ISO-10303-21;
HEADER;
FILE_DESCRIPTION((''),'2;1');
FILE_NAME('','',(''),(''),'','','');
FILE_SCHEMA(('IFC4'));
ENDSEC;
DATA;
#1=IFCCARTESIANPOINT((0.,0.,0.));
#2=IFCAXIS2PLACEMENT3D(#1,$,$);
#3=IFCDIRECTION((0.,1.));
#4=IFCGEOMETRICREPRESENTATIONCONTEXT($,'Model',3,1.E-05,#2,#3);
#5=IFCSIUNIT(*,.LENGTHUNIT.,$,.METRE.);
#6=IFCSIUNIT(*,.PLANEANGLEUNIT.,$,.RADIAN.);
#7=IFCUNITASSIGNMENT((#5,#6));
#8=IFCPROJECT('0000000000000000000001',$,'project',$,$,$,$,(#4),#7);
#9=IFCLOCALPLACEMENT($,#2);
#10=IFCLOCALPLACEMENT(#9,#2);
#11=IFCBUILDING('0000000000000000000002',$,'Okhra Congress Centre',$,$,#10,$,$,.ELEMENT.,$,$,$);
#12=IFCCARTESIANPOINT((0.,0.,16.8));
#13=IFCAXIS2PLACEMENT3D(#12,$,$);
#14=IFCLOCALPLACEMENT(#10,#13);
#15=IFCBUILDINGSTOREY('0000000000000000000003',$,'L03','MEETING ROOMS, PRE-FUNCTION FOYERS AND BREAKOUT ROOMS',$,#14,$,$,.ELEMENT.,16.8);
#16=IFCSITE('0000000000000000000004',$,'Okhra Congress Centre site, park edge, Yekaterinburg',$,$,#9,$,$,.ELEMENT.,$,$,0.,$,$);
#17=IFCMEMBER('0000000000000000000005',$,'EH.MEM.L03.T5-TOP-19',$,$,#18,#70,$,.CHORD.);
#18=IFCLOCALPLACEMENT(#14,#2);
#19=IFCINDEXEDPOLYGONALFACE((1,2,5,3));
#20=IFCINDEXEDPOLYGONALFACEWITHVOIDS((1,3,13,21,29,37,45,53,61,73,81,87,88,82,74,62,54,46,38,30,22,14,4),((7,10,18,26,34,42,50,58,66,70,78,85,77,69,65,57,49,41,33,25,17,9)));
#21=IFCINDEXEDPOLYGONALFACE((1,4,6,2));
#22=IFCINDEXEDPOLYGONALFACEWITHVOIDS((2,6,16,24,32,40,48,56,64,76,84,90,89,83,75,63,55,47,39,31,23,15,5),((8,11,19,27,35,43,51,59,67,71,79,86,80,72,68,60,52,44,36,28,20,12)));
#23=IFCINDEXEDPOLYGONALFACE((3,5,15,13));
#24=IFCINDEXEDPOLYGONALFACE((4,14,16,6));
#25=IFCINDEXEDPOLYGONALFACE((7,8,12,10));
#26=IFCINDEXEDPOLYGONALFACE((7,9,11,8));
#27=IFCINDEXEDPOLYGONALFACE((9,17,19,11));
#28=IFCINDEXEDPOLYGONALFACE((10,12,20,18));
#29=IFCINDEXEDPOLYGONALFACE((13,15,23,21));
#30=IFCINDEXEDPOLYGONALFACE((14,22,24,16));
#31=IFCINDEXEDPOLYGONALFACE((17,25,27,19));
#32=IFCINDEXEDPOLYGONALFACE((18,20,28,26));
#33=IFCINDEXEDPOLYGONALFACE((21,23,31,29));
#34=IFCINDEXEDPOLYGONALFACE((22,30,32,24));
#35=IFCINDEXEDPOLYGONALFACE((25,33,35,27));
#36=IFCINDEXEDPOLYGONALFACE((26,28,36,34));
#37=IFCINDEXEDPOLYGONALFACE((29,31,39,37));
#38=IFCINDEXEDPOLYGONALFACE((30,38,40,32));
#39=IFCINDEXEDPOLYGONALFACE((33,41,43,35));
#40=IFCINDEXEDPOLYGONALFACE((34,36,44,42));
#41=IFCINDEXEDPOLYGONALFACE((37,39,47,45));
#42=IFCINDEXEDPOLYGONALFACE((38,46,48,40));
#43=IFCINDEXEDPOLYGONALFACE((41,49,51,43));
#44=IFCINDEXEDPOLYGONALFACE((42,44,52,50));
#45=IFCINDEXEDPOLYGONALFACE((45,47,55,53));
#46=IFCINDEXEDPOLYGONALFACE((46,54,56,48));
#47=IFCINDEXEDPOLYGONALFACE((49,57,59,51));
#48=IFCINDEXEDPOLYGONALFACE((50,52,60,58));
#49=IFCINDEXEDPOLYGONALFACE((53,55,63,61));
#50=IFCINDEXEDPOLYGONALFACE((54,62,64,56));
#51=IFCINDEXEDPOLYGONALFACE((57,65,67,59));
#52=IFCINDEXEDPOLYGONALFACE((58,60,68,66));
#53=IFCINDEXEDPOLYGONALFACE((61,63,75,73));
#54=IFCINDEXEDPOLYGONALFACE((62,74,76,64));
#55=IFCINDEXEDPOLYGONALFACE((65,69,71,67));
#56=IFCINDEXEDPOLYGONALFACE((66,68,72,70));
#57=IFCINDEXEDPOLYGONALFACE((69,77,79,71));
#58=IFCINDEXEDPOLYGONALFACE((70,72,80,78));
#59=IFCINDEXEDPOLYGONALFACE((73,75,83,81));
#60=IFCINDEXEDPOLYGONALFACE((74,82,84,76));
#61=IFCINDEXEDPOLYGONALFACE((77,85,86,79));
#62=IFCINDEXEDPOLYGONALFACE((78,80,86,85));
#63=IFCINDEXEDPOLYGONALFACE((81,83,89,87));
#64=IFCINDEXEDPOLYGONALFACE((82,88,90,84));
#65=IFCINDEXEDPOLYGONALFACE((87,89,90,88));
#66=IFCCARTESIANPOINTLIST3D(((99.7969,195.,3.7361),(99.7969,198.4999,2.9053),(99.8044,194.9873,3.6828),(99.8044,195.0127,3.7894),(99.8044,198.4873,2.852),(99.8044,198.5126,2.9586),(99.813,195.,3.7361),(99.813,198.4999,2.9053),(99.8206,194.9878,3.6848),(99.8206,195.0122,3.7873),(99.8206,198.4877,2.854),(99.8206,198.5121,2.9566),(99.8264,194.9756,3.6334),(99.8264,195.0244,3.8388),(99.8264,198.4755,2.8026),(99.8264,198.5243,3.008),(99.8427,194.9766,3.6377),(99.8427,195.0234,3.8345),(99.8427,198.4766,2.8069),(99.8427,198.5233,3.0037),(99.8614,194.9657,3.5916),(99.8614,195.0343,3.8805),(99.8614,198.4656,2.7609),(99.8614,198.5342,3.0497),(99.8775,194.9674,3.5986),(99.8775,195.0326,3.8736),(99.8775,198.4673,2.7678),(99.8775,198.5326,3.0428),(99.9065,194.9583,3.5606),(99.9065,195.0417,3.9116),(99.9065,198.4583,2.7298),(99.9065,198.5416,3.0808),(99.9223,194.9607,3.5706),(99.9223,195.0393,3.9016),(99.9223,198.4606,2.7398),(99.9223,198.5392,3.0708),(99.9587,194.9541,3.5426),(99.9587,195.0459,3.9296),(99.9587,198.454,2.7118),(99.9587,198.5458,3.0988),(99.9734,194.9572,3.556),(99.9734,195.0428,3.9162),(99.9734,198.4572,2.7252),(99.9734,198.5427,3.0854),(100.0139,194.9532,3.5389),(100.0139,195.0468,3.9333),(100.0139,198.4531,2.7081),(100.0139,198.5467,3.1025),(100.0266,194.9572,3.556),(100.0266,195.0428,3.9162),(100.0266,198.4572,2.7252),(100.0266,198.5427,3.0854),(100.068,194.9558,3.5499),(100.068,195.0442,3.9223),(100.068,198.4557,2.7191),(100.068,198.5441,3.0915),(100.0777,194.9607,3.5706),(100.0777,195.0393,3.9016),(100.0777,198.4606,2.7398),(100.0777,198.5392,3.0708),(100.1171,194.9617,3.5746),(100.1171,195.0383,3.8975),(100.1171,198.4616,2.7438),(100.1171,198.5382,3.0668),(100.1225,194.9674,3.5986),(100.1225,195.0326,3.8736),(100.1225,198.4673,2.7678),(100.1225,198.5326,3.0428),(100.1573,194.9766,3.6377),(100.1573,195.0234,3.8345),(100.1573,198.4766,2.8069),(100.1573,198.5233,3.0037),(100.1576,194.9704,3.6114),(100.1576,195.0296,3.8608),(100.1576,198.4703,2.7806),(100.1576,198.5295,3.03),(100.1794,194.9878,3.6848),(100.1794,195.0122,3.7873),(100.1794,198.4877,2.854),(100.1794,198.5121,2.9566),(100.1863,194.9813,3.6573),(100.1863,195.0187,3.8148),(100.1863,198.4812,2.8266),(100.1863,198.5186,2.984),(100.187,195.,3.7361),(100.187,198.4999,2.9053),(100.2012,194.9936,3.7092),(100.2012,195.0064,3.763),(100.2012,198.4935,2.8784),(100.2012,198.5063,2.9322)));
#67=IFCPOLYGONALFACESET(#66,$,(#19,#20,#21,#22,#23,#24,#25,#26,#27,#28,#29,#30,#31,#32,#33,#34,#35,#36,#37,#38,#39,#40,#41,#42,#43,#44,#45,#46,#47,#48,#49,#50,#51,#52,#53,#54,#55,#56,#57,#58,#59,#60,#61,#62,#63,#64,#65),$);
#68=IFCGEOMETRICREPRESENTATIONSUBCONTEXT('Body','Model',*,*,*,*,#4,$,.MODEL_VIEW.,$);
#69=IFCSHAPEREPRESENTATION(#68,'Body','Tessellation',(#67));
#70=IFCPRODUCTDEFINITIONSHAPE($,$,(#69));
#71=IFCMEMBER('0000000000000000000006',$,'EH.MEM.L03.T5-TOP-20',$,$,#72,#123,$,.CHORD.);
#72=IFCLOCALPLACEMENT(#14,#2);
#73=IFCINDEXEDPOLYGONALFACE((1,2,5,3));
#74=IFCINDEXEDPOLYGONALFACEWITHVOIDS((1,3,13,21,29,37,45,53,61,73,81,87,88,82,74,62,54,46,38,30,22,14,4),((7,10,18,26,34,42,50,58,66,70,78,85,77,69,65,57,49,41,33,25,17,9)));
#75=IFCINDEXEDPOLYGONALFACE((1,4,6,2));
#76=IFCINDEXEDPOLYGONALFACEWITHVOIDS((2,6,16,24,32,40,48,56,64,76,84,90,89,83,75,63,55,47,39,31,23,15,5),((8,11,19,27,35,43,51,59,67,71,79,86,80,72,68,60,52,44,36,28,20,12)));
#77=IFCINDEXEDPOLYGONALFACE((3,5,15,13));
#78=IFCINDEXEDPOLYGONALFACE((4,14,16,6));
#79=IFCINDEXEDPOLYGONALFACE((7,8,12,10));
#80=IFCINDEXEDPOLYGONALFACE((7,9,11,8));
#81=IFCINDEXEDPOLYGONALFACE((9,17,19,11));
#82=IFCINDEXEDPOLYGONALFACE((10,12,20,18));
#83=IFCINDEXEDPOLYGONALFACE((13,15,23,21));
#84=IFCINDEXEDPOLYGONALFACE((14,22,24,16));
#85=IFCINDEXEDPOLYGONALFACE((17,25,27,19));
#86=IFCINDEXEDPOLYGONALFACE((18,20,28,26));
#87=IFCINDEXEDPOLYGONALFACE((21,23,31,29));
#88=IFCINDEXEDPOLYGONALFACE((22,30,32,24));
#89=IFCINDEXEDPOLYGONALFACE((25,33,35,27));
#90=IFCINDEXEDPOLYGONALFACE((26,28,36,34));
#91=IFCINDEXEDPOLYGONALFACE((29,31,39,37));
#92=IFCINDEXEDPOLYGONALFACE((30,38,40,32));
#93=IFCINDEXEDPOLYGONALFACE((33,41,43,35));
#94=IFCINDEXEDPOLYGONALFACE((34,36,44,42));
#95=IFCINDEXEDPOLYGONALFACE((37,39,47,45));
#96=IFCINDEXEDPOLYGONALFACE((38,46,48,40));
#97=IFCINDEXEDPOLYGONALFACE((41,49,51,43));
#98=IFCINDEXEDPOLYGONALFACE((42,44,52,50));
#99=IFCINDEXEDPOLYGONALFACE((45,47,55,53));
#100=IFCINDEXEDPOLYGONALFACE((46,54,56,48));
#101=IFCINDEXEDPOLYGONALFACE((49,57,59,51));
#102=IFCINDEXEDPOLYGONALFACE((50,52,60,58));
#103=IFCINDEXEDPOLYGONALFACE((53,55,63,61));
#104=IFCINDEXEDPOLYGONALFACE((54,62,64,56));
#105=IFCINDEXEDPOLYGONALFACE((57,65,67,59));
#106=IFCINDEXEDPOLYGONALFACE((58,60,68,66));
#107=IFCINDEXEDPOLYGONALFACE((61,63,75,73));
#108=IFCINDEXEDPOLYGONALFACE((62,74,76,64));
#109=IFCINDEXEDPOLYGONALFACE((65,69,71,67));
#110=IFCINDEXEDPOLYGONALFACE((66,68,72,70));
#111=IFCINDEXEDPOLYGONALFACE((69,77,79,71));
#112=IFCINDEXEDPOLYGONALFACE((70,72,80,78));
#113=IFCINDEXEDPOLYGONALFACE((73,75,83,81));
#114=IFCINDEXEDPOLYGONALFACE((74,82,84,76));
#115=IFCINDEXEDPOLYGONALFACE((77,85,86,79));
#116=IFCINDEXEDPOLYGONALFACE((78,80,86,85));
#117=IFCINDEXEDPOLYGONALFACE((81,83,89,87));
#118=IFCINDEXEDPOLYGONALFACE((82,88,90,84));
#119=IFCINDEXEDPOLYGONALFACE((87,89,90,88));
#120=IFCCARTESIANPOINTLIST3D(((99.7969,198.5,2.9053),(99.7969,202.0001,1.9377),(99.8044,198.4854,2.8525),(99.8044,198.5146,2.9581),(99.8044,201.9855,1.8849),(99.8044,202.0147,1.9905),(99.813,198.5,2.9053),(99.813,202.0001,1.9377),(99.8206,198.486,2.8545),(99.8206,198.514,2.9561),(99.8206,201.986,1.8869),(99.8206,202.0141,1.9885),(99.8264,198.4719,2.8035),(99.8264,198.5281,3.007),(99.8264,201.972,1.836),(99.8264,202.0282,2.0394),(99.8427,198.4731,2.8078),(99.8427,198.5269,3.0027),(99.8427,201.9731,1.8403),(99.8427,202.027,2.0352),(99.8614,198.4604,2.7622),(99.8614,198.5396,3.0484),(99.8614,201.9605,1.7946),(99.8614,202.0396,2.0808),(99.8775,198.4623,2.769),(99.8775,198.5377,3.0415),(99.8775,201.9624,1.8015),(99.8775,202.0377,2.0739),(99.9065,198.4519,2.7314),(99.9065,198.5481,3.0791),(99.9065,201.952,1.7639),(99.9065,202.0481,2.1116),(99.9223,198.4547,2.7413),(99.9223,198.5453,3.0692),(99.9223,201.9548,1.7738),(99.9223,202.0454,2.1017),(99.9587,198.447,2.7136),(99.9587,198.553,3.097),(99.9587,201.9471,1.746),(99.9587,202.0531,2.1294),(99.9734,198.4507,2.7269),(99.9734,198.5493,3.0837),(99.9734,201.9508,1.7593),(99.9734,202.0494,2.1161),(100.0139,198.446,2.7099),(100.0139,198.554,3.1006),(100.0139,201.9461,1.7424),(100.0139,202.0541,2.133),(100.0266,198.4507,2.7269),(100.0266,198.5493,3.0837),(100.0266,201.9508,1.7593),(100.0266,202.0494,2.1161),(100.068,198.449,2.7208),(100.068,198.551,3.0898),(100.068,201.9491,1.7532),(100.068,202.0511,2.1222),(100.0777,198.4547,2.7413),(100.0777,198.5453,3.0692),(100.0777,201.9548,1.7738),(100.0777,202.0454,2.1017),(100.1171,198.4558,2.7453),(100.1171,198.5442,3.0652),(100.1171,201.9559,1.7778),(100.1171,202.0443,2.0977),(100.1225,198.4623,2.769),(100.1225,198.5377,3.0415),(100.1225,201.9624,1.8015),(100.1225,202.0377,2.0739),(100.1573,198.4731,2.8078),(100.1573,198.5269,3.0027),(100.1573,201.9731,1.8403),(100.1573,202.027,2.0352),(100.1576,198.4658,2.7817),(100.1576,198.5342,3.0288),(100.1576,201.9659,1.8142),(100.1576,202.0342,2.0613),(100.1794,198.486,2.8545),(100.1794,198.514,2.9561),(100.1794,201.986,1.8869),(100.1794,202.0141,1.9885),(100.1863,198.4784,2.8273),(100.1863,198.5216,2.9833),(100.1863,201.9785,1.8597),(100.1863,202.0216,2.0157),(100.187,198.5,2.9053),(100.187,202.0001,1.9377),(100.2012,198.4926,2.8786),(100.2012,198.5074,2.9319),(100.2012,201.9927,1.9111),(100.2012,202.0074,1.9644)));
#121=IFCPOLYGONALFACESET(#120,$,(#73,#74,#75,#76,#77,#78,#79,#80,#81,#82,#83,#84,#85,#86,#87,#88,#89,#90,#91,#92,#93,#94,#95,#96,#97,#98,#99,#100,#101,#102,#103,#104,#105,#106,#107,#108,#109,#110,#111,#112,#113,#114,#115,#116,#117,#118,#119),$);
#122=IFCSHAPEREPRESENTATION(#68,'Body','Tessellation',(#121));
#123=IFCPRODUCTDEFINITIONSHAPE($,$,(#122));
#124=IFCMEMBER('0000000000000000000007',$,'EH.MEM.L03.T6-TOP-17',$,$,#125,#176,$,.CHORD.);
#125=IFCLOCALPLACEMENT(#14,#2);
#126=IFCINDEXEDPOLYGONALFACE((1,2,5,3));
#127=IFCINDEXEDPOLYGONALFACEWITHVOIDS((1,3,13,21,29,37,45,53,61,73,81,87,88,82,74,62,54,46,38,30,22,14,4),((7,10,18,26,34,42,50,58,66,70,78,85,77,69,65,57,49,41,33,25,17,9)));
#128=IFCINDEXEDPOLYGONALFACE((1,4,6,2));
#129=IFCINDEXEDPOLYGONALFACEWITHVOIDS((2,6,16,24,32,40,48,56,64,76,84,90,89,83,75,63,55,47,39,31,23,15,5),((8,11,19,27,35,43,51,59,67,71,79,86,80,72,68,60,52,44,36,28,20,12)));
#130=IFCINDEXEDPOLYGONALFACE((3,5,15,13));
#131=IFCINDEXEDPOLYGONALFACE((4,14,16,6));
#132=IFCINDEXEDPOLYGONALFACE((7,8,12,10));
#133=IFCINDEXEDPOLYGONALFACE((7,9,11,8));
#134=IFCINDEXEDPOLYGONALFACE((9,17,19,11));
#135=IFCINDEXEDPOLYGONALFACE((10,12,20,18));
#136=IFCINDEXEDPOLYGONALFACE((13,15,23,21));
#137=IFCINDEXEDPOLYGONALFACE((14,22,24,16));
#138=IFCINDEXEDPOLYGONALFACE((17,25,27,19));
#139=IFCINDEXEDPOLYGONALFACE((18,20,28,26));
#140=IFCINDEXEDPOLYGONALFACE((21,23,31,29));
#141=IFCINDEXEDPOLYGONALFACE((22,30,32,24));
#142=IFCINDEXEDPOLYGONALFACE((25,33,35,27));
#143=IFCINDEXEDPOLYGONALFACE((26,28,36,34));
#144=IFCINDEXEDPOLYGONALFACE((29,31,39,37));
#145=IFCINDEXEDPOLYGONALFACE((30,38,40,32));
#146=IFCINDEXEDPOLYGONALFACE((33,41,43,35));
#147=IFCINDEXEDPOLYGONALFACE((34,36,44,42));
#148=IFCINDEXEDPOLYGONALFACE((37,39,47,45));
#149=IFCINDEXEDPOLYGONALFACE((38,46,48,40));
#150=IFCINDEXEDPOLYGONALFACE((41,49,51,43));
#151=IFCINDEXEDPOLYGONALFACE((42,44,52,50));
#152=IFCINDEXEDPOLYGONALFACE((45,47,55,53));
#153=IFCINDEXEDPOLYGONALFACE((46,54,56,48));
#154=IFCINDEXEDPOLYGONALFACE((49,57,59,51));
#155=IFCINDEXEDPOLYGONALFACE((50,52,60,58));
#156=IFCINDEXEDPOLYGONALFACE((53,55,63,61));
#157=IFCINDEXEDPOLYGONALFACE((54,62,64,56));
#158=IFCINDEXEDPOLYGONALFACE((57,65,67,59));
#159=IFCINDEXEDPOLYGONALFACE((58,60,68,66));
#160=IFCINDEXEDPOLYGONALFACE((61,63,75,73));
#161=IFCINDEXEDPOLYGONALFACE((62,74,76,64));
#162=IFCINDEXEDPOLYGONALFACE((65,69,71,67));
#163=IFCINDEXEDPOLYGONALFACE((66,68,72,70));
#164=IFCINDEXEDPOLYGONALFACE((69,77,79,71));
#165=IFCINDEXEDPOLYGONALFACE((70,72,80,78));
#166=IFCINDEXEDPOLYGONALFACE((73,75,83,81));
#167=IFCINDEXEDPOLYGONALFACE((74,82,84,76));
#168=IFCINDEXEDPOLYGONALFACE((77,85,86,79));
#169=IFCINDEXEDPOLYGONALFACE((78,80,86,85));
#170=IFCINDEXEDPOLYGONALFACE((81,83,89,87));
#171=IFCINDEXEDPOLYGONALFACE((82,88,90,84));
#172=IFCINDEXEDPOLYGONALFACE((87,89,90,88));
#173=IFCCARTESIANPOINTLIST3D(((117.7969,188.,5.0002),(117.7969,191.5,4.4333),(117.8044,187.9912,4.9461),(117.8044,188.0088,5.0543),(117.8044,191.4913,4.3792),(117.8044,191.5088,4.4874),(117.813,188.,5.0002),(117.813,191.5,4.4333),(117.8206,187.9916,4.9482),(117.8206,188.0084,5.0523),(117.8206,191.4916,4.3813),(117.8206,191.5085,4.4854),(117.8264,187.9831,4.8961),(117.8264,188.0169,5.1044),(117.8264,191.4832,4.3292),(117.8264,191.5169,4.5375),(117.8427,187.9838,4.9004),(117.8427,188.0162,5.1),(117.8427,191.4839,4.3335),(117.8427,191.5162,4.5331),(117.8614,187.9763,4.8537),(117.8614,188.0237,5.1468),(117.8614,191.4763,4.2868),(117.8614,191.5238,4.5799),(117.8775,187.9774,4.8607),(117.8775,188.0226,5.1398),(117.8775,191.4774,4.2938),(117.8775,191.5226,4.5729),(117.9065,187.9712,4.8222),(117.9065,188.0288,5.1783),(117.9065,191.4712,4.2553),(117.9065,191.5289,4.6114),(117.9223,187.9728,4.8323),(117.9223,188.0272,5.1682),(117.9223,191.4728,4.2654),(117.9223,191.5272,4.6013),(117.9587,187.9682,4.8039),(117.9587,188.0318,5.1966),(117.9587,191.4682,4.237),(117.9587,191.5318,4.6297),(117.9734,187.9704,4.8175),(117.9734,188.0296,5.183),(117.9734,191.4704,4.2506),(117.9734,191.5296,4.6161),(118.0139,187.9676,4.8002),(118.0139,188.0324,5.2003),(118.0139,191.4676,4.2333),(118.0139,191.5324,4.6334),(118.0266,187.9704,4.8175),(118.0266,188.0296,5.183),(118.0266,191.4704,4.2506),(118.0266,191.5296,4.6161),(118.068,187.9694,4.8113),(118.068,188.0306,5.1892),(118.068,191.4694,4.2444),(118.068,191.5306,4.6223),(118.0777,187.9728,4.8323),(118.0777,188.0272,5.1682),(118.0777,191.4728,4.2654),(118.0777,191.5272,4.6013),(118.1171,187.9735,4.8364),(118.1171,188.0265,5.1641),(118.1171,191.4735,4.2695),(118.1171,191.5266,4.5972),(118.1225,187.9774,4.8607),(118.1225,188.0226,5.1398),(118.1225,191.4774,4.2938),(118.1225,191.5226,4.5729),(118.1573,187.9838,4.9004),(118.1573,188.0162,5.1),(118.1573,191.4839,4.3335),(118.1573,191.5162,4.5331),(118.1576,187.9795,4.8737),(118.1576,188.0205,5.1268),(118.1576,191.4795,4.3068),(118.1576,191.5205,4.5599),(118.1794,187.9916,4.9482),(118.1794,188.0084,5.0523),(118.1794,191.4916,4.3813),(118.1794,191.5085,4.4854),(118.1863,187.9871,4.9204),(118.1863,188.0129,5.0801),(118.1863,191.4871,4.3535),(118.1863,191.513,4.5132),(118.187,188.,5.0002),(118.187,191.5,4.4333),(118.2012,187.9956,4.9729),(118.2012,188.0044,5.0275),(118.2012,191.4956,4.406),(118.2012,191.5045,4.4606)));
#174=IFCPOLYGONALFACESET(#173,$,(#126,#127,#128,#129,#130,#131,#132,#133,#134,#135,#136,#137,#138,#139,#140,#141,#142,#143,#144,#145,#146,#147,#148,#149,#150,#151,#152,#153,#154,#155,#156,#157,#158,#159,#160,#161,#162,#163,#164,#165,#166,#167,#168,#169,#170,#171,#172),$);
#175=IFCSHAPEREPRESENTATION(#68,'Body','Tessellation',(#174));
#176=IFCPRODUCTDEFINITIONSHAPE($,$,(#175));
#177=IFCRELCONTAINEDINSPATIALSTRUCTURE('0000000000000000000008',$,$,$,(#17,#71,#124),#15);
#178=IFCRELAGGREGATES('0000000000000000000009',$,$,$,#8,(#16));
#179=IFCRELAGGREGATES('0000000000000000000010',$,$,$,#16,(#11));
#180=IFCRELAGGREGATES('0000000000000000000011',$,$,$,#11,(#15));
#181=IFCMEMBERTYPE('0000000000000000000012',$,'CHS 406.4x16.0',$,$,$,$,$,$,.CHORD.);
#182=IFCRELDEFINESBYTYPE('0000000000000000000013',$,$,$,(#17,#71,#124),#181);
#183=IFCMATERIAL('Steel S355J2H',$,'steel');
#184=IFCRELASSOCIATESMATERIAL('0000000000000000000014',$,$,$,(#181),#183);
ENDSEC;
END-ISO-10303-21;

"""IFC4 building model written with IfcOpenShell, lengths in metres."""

from ifc_helpers import new_model, si_unit, direction, frame, origin, origin_2d, place, context, subcontext, project, spatial, hollow_circle, extrude, material, material_profile, profile_set, type_object, element, save


model = new_model("IFC4")

# Units and contexts
model_context = context("Model", 3, precision=1e-05, world=origin(), true_north=direction((0.0, 1.0)))
body_context = subcontext(model_context, "Body", "Model", "MODEL_VIEW")
ifc_project = project(units=[si_unit("LENGTHUNIT", "METRE"), si_unit("PLANEANGLEUNIT", "RADIAN")], contexts=[model_context])

# Site, building, storey
site_placement = place(None, origin())
site = spatial("IfcSite", under=ifc_project, at=site_placement, Name="Okhra Congress Centre site, park edge, Yekaterinburg", CompositionType="ELEMENT", RefElevation=0.0)
building_placement = place(site_placement, origin())
building = spatial("IfcBuilding", under=site, at=building_placement, Name="Okhra Congress Centre", CompositionType="ELEMENT")
storey_placement = place(building_placement, frame((0.0, 0.0, 16.8)))
storey = spatial("IfcBuildingStorey", under=building, at=storey_placement, Name="L03", Description="MEETING ROOMS, PRE-FUNCTION FOYERS AND BREAKOUT ROOMS", CompositionType="ELEMENT", Elevation=16.8)

# Members
ifc_material_1 = material(Name="Steel S355J2H", Category="steel")
ifc_material_profile_1 = material_profile(ifc_material_1, hollow_circle(Radius=0.2031, WallThickness=0.0161, at=origin_2d()), Name="CHS 406.4x16.0")
ifc_profile_set_1 = profile_set([ifc_material_profile_1], Name="Steel S355J2H")
member_type_1 = type_object("IfcMemberType", Name="CHS 406.4x16.0", PredefinedType="CHORD", material=ifc_profile_set_1)
member_1_placement = place(storey_placement, frame((100.0, 195.0, 3.7361), z_axis=(0.0, 0.972964, -0.230957), x_axis=(-1.0, 0.0, 0.0)))
element("IfcMember", 1, at=member_1_placement, inside=storey, type_object=member_type_1, Name="EH.MEM.L03.T5-TOP-19", PredefinedType="CHORD", context=body_context, shape_type="SweptSolid", body=[
    extrude(hollow_circle(Radius=0.2031, WallThickness=0.0161, at=origin_2d()), origin(), (0.0, 0.0, 1.0), 3.5972),
])
member_2_placement = place(storey_placement, frame((100.0, 198.5, 2.9053), z_axis=(0.0, 0.96385, -0.266444), x_axis=(-1.0, 0.0, 0.0)))
element("IfcMember", 2, at=member_2_placement, inside=storey, type_object=member_type_1, Name="EH.MEM.L03.T5-TOP-20", PredefinedType="CHORD", context=body_context, shape_type="SweptSolid", body=[
    extrude(hollow_circle(Radius=0.2031, WallThickness=0.0161, at=origin_2d()), origin(), (0.0, 0.0, 1.0), 3.6313),
])
member_3_placement = place(storey_placement, frame((118.0, 188.0, 5.0002), z_axis=(0.0, 0.987135, -0.159886), x_axis=(-1.0, 0.0, 0.0)))
element("IfcMember", 3, at=member_3_placement, inside=storey, type_object=member_type_1, Name="EH.MEM.L03.T6-TOP-17", PredefinedType="CHORD", context=body_context, shape_type="SweptSolid", body=[
    extrude(hollow_circle(Radius=0.2031, WallThickness=0.0161, at=origin_2d()), origin(), (0.0, 0.0, 1.0), 3.5457),
])

save(model, "model.ifc")
